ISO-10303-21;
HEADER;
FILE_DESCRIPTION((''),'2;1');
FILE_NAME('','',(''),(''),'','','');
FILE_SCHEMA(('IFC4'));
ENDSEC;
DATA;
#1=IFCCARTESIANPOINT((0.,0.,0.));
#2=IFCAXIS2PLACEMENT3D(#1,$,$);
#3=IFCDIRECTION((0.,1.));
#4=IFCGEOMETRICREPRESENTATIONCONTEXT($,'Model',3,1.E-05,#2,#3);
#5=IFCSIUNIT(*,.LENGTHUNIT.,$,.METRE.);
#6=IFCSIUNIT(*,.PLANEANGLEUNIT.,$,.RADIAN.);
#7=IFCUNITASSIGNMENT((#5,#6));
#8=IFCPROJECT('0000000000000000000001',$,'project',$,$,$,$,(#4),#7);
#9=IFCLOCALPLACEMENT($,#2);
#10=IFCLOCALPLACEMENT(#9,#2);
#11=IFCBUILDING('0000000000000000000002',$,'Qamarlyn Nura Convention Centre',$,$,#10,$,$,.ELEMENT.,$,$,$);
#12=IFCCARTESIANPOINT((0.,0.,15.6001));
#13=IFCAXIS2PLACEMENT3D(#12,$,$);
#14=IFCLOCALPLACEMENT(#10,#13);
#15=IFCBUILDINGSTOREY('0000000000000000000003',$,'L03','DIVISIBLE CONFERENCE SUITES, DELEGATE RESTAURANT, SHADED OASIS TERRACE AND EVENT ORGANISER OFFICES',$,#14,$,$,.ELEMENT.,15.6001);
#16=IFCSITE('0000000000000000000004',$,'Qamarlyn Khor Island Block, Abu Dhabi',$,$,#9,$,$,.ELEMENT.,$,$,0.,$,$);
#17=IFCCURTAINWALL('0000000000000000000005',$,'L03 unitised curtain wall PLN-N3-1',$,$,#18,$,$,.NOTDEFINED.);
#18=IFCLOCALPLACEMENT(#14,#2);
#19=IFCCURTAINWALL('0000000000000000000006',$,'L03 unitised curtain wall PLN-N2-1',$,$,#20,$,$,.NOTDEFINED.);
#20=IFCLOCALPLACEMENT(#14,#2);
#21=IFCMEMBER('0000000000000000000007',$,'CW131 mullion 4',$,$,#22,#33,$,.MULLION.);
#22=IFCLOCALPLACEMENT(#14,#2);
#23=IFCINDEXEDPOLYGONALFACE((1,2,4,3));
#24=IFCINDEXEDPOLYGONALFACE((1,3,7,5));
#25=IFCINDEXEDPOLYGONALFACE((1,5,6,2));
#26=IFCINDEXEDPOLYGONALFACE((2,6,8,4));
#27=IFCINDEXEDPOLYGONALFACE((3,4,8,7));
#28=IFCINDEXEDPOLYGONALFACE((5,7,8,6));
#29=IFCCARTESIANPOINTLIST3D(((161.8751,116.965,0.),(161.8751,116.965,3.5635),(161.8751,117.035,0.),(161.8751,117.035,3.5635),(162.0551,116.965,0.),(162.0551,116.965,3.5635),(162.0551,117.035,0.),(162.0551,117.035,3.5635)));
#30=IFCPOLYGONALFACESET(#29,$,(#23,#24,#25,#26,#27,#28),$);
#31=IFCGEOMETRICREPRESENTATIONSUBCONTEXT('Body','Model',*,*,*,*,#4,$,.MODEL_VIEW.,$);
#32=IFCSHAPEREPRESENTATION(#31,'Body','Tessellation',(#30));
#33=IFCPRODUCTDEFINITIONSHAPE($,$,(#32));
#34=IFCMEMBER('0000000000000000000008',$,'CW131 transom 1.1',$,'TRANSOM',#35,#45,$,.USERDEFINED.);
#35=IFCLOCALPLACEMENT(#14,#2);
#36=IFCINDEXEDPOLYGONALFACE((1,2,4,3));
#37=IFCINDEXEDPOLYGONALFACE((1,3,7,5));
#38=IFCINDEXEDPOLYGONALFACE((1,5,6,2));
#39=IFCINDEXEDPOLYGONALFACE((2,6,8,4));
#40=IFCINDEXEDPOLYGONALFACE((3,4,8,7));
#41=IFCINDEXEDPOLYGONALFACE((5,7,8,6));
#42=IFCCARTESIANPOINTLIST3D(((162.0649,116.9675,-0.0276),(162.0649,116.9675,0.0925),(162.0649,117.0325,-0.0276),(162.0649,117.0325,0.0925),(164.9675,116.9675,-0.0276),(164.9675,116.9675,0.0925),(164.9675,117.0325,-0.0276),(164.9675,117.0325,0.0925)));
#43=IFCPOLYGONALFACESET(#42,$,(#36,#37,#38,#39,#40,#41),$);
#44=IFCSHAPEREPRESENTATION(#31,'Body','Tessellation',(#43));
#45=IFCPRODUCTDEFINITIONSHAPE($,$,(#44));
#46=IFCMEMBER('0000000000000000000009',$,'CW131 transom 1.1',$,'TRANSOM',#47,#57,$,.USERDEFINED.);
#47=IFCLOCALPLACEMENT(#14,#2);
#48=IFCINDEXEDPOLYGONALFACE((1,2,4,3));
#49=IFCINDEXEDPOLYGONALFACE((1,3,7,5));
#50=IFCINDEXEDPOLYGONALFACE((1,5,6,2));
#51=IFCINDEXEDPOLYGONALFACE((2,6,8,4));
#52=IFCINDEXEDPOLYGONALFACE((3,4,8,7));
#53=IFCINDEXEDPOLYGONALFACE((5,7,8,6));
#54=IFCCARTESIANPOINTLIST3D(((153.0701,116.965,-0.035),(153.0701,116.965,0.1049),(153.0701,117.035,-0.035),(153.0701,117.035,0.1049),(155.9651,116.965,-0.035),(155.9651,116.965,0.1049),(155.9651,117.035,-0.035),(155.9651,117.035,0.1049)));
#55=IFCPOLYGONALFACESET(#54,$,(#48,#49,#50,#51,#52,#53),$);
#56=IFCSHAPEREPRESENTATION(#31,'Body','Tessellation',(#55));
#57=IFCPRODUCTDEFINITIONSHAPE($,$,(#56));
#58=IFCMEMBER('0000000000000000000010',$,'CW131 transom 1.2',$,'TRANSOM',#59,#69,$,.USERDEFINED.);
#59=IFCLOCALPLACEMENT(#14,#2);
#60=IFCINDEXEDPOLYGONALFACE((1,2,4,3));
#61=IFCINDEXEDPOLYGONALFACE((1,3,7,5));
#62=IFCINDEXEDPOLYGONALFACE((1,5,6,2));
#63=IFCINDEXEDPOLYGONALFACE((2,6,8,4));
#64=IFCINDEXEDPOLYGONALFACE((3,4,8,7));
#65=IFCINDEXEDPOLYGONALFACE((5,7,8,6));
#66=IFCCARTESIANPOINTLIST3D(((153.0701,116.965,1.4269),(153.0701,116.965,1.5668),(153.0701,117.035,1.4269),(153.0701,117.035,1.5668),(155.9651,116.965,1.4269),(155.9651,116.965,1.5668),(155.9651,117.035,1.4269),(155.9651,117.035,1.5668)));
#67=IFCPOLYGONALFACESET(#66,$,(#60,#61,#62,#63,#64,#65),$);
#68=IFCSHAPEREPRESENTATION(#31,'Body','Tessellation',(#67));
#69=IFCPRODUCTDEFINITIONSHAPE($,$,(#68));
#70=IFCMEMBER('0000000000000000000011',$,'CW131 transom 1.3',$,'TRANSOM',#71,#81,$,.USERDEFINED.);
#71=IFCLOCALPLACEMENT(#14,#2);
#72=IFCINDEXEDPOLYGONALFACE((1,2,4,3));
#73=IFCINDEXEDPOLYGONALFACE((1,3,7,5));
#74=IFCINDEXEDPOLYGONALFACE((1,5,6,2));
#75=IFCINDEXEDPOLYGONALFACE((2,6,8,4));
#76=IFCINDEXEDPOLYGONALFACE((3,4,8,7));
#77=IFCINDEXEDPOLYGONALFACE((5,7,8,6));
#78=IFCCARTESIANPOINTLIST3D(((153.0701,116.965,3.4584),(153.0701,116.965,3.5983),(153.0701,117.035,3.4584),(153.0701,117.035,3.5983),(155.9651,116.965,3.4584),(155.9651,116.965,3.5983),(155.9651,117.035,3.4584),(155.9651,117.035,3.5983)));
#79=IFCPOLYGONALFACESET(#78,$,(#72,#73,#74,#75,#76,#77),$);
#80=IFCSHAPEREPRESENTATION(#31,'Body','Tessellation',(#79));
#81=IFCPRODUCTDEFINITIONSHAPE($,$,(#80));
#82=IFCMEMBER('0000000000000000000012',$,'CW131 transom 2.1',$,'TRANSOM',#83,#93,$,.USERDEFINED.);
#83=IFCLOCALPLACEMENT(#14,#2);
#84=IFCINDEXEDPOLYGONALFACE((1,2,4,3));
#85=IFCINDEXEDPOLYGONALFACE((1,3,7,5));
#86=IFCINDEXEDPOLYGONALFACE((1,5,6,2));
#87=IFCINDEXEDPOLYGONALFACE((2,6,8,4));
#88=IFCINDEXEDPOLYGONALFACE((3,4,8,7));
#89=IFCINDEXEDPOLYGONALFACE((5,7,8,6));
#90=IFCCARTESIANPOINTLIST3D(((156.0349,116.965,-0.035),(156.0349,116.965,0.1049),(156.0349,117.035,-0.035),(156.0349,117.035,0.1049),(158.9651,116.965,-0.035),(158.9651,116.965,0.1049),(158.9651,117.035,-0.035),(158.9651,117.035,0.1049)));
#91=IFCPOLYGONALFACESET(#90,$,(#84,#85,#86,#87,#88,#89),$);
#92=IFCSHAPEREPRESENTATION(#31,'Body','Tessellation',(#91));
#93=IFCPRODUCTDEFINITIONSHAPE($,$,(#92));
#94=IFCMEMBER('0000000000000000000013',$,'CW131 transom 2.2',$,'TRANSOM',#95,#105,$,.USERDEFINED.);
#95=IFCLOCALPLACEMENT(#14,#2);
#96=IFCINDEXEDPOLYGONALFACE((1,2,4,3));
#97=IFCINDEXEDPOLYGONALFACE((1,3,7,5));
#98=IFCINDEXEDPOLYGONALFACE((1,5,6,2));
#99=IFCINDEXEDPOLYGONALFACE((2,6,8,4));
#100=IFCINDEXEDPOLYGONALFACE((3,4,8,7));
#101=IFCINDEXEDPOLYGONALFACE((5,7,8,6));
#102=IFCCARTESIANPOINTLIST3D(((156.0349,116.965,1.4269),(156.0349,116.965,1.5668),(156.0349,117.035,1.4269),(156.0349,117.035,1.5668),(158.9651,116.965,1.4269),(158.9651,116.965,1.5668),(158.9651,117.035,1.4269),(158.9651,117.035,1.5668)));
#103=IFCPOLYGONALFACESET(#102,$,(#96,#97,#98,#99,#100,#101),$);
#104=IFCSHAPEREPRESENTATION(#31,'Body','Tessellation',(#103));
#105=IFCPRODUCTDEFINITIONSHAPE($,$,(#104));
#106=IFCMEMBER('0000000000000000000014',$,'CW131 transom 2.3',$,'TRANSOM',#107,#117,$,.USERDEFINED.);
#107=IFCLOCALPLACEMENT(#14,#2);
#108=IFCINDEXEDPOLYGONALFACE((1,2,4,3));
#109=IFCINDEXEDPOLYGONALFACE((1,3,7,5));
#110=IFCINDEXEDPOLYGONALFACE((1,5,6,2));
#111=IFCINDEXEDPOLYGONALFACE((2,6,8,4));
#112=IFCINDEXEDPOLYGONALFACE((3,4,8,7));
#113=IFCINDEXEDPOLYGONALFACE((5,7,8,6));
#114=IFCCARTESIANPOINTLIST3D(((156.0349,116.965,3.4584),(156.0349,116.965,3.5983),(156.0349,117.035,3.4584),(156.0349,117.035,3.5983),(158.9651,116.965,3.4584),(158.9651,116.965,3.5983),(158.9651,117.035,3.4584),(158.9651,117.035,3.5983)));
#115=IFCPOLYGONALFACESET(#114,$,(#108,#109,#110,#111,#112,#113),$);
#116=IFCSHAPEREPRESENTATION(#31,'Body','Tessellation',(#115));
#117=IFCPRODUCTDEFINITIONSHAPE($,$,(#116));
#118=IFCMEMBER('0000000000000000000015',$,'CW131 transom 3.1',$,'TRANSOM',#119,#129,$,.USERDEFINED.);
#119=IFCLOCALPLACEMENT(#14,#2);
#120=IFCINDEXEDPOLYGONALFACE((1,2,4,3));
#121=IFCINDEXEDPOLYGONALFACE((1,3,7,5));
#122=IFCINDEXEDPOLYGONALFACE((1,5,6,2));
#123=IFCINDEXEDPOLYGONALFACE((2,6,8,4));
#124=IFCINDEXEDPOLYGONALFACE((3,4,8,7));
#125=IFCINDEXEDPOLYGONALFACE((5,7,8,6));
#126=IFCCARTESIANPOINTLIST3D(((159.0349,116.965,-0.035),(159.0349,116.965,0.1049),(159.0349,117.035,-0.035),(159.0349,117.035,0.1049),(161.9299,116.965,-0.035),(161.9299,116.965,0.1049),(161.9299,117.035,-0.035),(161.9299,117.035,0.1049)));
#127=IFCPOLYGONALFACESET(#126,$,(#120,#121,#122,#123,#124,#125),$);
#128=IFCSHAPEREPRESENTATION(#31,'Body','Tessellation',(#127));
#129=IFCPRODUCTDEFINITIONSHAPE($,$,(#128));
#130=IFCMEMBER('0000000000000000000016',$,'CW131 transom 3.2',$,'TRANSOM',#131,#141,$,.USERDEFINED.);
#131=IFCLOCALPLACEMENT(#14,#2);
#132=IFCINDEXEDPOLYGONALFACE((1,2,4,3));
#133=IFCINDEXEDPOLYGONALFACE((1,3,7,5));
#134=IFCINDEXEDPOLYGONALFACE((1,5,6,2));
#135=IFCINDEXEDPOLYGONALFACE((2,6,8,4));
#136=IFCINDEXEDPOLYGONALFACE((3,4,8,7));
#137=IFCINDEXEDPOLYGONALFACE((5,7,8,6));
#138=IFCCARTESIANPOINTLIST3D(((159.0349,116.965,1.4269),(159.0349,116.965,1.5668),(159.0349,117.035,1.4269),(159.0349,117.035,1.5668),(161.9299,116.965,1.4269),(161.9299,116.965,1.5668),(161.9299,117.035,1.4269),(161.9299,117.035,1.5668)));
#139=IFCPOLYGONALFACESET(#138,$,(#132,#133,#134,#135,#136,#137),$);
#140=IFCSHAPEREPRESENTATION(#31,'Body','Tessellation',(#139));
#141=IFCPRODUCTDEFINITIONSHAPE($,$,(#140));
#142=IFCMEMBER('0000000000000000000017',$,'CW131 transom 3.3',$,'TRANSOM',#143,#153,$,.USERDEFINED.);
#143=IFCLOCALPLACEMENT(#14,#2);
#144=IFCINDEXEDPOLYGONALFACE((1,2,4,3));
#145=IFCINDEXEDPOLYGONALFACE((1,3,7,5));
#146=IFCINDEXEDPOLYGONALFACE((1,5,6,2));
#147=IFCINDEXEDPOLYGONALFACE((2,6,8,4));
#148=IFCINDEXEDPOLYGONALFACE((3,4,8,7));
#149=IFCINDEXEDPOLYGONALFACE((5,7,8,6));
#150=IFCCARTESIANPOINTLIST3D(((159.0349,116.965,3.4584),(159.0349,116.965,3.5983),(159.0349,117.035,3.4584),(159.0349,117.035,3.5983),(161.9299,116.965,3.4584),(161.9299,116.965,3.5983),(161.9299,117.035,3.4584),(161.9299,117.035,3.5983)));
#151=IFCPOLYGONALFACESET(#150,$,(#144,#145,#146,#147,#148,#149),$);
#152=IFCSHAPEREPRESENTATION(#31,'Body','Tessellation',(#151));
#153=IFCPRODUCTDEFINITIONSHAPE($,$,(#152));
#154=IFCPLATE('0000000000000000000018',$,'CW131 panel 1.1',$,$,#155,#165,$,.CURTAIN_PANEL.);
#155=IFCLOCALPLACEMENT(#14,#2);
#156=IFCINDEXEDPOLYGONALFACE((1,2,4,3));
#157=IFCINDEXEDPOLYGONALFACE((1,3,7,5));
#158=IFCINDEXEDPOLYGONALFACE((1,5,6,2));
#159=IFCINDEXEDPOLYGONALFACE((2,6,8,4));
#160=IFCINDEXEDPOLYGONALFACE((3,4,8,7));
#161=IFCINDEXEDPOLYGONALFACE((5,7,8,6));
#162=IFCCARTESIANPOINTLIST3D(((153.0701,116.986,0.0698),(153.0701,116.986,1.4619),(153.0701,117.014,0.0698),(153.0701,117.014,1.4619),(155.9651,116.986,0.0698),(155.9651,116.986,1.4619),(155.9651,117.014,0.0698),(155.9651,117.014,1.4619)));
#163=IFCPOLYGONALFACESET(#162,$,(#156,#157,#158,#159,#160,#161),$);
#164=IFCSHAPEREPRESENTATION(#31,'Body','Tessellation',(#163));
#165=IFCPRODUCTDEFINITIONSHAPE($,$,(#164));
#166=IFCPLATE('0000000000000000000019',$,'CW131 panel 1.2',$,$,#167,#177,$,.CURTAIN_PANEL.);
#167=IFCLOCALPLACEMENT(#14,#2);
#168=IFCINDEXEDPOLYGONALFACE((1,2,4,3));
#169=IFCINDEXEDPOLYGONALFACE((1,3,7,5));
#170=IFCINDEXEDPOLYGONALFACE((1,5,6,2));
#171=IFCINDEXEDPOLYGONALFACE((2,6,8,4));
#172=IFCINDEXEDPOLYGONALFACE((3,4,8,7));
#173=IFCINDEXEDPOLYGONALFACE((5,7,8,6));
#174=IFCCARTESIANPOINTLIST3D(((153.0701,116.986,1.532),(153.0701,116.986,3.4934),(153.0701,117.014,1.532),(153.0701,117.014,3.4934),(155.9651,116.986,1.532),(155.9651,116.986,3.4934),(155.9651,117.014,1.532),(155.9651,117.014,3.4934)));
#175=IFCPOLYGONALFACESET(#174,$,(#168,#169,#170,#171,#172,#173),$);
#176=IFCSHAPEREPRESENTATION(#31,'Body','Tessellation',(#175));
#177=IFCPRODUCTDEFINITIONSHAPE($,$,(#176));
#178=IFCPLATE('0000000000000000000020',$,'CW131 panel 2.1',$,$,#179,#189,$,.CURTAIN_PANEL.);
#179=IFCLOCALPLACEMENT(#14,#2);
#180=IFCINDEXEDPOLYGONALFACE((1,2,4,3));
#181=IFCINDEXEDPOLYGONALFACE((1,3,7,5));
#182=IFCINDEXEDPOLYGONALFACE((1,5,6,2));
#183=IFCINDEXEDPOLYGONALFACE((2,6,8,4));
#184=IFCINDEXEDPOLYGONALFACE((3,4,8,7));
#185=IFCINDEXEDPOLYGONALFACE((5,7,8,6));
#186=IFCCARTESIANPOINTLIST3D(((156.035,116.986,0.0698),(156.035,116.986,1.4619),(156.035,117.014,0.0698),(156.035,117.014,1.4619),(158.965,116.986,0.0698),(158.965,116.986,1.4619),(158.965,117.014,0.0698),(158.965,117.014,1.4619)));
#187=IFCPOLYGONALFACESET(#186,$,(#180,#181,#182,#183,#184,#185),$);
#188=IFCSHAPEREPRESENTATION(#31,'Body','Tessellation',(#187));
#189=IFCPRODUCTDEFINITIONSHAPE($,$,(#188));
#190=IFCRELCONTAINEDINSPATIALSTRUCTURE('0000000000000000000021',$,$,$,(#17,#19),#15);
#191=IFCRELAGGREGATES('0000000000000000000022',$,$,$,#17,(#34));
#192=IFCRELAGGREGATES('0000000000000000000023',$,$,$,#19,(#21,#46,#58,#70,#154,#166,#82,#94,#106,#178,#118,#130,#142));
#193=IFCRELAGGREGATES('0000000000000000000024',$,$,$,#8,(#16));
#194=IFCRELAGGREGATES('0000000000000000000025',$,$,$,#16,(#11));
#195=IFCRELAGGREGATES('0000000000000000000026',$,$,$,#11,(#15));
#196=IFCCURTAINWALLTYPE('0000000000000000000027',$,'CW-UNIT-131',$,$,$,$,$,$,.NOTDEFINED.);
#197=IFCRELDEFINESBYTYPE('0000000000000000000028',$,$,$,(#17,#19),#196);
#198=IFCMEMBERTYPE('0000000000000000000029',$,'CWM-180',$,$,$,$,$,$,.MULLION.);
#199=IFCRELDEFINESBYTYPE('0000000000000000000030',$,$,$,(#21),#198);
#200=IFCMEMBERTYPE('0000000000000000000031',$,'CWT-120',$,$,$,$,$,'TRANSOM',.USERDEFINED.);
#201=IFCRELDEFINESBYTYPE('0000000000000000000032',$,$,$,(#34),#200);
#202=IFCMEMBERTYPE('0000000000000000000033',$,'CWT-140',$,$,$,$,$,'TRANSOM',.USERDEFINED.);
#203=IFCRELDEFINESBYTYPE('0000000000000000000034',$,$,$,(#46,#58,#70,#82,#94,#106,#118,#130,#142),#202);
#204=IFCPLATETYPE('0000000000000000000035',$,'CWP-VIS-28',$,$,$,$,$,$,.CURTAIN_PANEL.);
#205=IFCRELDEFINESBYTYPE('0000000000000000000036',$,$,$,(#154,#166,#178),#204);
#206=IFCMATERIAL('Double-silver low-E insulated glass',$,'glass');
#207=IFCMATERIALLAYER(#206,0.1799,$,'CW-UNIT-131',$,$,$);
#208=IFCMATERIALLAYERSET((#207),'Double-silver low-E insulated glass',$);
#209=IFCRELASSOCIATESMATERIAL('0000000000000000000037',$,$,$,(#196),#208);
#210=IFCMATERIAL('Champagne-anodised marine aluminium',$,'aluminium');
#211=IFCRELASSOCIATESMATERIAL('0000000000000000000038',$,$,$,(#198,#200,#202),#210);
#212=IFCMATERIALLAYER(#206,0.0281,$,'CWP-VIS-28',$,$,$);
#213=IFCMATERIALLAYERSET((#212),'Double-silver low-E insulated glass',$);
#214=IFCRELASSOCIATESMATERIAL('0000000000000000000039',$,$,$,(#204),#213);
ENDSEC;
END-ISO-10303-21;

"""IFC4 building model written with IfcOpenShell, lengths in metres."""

from ifc_helpers import new_model, si_unit, direction, frame, origin, origin_2d, place, context, subcontext, project, spatial, rectangle, extrude, material, layer, layer_set, material_profile, profile_set, type_object, element, aggregate, save


model = new_model("IFC4")

# Units and contexts
model_context = context("Model", 3, precision=1e-05, world=origin(), true_north=direction((0.0, 1.0)))
body_context = subcontext(model_context, "Body", "Model", "MODEL_VIEW")
ifc_project = project(units=[si_unit("LENGTHUNIT", "METRE"), si_unit("PLANEANGLEUNIT", "RADIAN")], contexts=[model_context])

# Site, building, storey
site_placement = place(None, origin())
site = spatial("IfcSite", under=ifc_project, at=site_placement, Name="Qamarlyn Khor Island Block, Abu Dhabi", CompositionType="ELEMENT", RefElevation=0.0)
building_placement = place(site_placement, origin())
building = spatial("IfcBuilding", under=site, at=building_placement, Name="Qamarlyn Nura Convention Centre", CompositionType="ELEMENT")
storey_placement = place(building_placement, frame((0.0, 0.0, 15.6001)))
storey = spatial("IfcBuildingStorey", under=building, at=storey_placement, Name="L03", Description="DIVISIBLE CONFERENCE SUITES, DELEGATE RESTAURANT, SHADED OASIS TERRACE AND EVENT ORGANISER OFFICES", CompositionType="ELEMENT", Elevation=15.6001)

# Curtain wall
ifc_material_1 = material(Name="Double-silver low-E insulated glass", Category="glass")
ifc_layer_1 = layer(ifc_material_1, 0.1799, Name="CW-UNIT-131")
ifc_layer_set_1 = layer_set([ifc_layer_1], Name="Double-silver low-E insulated glass")
curtain_wall_type = type_object("IfcCurtainWallType", Name="CW-UNIT-131", PredefinedType="NOTDEFINED", material=ifc_layer_set_1)
curtain_wall_1_placement = place(storey_placement, origin())
curtain_wall_1 = element("IfcCurtainWall", 1, at=curtain_wall_1_placement, inside=storey, type_object=curtain_wall_type, Name="L03 unitised curtain wall PLN-N3-1", PredefinedType="NOTDEFINED")
ifc_material_2 = material(Name="Champagne-anodised marine aluminium", Category="aluminium")

# Curtain wall, member
curtain_wall_2_placement = place(storey_placement, origin())
curtain_wall_2 = element("IfcCurtainWall", 2, at=curtain_wall_2_placement, inside=storey, type_object=curtain_wall_type, Name="L03 unitised curtain wall PLN-N2-1", PredefinedType="NOTDEFINED")
ifc_material_profile_1 = material_profile(ifc_material_2, rectangle(XDim=0.0701, YDim=0.1799, at=origin_2d()), Name="ALU MULLION 70x180")
ifc_profile_set_1 = profile_set([ifc_material_profile_1], Name="Champagne-anodised marine aluminium")
member_type_1 = type_object("IfcMemberType", Name="CWM-180", PredefinedType="MULLION", material=ifc_profile_set_1)
member_1_placement = place(storey_placement, frame((161.9651, 117.0, 0.0), z_axis=(0.0, 0.0, 1.0), x_axis=(0.0, 1.0, 0.0)))
member_1 = element("IfcMember", 3, at=member_1_placement, type_object=member_type_1, Name="CW131 mullion 4", PredefinedType="MULLION", context=body_context, shape_type="SweptSolid", body=[
    extrude(rectangle(XDim=0.0701, YDim=0.1799, at=origin_2d()), origin(), (0.0, 0.0, 1.0), 3.5635),
])

# Members
ifc_material_profile_2 = material_profile(ifc_material_2, rectangle(XDim=0.0649, YDim=0.1201, at=origin_2d()), Name="ALU TRANSOM 65x120")
ifc_profile_set_2 = profile_set([ifc_material_profile_2], Name="Champagne-anodised marine aluminium")
member_type_2 = type_object("IfcMemberType", Name="CWT-120", ElementType="TRANSOM", PredefinedType="USERDEFINED", material=ifc_profile_set_2)
member_2_placement = place(storey_placement, frame((162.0649, 117.0, 0.0325), z_axis=(1.0, 0.0, 0.0), x_axis=(0.0, 1.0, 0.0)))
member_2 = element("IfcMember", 4, at=member_2_placement, type_object=member_type_2, Name="CW131 transom 1.1", ObjectType="TRANSOM", PredefinedType="USERDEFINED", context=body_context, shape_type="SweptSolid", body=[
    extrude(rectangle(XDim=0.0649, YDim=0.1201, at=origin_2d()), origin(), (0.0, 0.0, 1.0), 2.9026),
])
aggregate(curtain_wall_1, [member_2])
ifc_material_profile_3 = material_profile(ifc_material_2, rectangle(XDim=0.0701, YDim=0.1399, at=origin_2d()), Name="ALU TRANSOM 70x140")
ifc_profile_set_3 = profile_set([ifc_material_profile_3], Name="Champagne-anodised marine aluminium")
member_type_3 = type_object("IfcMemberType", Name="CWT-140", ElementType="TRANSOM", PredefinedType="USERDEFINED", material=ifc_profile_set_3)
member_3_placement = place(storey_placement, frame((153.0701, 117.0, 0.0349), z_axis=(1.0, 0.0, 0.0), x_axis=(0.0, 1.0, 0.0)))
member_3 = element("IfcMember", 5, at=member_3_placement, type_object=member_type_3, Name="CW131 transom 1.1", ObjectType="TRANSOM", PredefinedType="USERDEFINED", context=body_context, shape_type="SweptSolid", body=[
    extrude(rectangle(XDim=0.0701, YDim=0.1399, at=origin_2d()), origin(), (0.0, 0.0, 1.0), 2.895),
])
member_4_placement = place(storey_placement, frame((153.0701, 117.0, 1.4968), z_axis=(1.0, 0.0, 0.0), x_axis=(0.0, 1.0, 0.0)))
member_4 = element("IfcMember", 6, at=member_4_placement, type_object=member_type_3, Name="CW131 transom 1.2", ObjectType="TRANSOM", PredefinedType="USERDEFINED", context=body_context, shape_type="SweptSolid", body=[
    extrude(rectangle(XDim=0.0701, YDim=0.1399, at=origin_2d()), origin(), (0.0, 0.0, 1.0), 2.895),
])
member_5_placement = place(storey_placement, frame((153.0701, 117.0, 3.5283), z_axis=(1.0, 0.0, 0.0), x_axis=(0.0, 1.0, 0.0)))
member_5 = element("IfcMember", 7, at=member_5_placement, type_object=member_type_3, Name="CW131 transom 1.3", ObjectType="TRANSOM", PredefinedType="USERDEFINED", context=body_context, shape_type="SweptSolid", body=[
    extrude(rectangle(XDim=0.0701, YDim=0.1399, at=origin_2d()), origin(), (0.0, 0.0, 1.0), 2.895),
])
member_6_placement = place(storey_placement, frame((156.0349, 117.0, 0.0349), z_axis=(1.0, 0.0, 0.0), x_axis=(0.0, 1.0, 0.0)))
member_6 = element("IfcMember", 8, at=member_6_placement, type_object=member_type_3, Name="CW131 transom 2.1", ObjectType="TRANSOM", PredefinedType="USERDEFINED", context=body_context, shape_type="SweptSolid", body=[
    extrude(rectangle(XDim=0.0701, YDim=0.1399, at=origin_2d()), origin(), (0.0, 0.0, 1.0), 2.9302),
])
member_7_placement = place(storey_placement, frame((156.0349, 117.0, 1.4968), z_axis=(1.0, 0.0, 0.0), x_axis=(0.0, 1.0, 0.0)))
member_7 = element("IfcMember", 9, at=member_7_placement, type_object=member_type_3, Name="CW131 transom 2.2", ObjectType="TRANSOM", PredefinedType="USERDEFINED", context=body_context, shape_type="SweptSolid", body=[
    extrude(rectangle(XDim=0.0701, YDim=0.1399, at=origin_2d()), origin(), (0.0, 0.0, 1.0), 2.9302),
])
member_8_placement = place(storey_placement, frame((156.0349, 117.0, 3.5283), z_axis=(1.0, 0.0, 0.0), x_axis=(0.0, 1.0, 0.0)))
member_8 = element("IfcMember", 10, at=member_8_placement, type_object=member_type_3, Name="CW131 transom 2.3", ObjectType="TRANSOM", PredefinedType="USERDEFINED", context=body_context, shape_type="SweptSolid", body=[
    extrude(rectangle(XDim=0.0701, YDim=0.1399, at=origin_2d()), origin(), (0.0, 0.0, 1.0), 2.9302),
])
member_9_placement = place(storey_placement, frame((159.0349, 117.0, 0.0349), z_axis=(1.0, 0.0, 0.0), x_axis=(0.0, 1.0, 0.0)))
member_9 = element("IfcMember", 11, at=member_9_placement, type_object=member_type_3, Name="CW131 transom 3.1", ObjectType="TRANSOM", PredefinedType="USERDEFINED", context=body_context, shape_type="SweptSolid", body=[
    extrude(rectangle(XDim=0.0701, YDim=0.1399, at=origin_2d()), origin(), (0.0, 0.0, 1.0), 2.895),
])
member_10_placement = place(storey_placement, frame((159.0349, 117.0, 1.4968), z_axis=(1.0, 0.0, 0.0), x_axis=(0.0, 1.0, 0.0)))
member_10 = element("IfcMember", 12, at=member_10_placement, type_object=member_type_3, Name="CW131 transom 3.2", ObjectType="TRANSOM", PredefinedType="USERDEFINED", context=body_context, shape_type="SweptSolid", body=[
    extrude(rectangle(XDim=0.0701, YDim=0.1399, at=origin_2d()), origin(), (0.0, 0.0, 1.0), 2.895),
])
member_11_placement = place(storey_placement, frame((159.0349, 117.0, 3.5283), z_axis=(1.0, 0.0, 0.0), x_axis=(0.0, 1.0, 0.0)))
member_11 = element("IfcMember", 13, at=member_11_placement, type_object=member_type_3, Name="CW131 transom 3.3", ObjectType="TRANSOM", PredefinedType="USERDEFINED", context=body_context, shape_type="SweptSolid", body=[
    extrude(rectangle(XDim=0.0701, YDim=0.1399, at=origin_2d()), origin(), (0.0, 0.0, 1.0), 2.895),
])

# Plates
ifc_layer_2 = layer(ifc_material_1, 0.0281, Name="CWP-VIS-28")
ifc_layer_set_2 = layer_set([ifc_layer_2], Name="Double-silver low-E insulated glass")
plate_type_1 = type_object("IfcPlateType", Name="CWP-VIS-28", PredefinedType="CURTAIN_PANEL", material=ifc_layer_set_2)
plate_1_placement = place(storey_placement, frame((154.5176, 117.0, 0.0698), z_axis=(0.0, 0.0, 1.0), x_axis=(1.0, 0.0, 0.0)))
plate_1 = element("IfcPlate", 14, at=plate_1_placement, type_object=plate_type_1, Name="CW131 panel 1.1", PredefinedType="CURTAIN_PANEL", context=body_context, shape_type="SweptSolid", body=[
    extrude(rectangle(XDim=2.895, YDim=0.0281, at=origin_2d()), origin(), (0.0, 0.0, 1.0), 1.3921),
])
plate_2_placement = place(storey_placement, frame((154.5176, 117.0, 1.532), z_axis=(0.0, 0.0, 1.0), x_axis=(1.0, 0.0, 0.0)))
plate_2 = element("IfcPlate", 15, at=plate_2_placement, type_object=plate_type_1, Name="CW131 panel 1.2", PredefinedType="CURTAIN_PANEL", context=body_context, shape_type="SweptSolid", body=[
    extrude(rectangle(XDim=2.895, YDim=0.0281, at=origin_2d()), origin(), (0.0, 0.0, 1.0), 1.9614),
])
plate_3_placement = place(storey_placement, frame((157.5, 117.0, 0.0698), z_axis=(0.0, 0.0, 1.0), x_axis=(1.0, 0.0, 0.0)))
plate_3 = element("IfcPlate", 16, at=plate_3_placement, type_object=plate_type_1, Name="CW131 panel 2.1", PredefinedType="CURTAIN_PANEL", context=body_context, shape_type="SweptSolid", body=[
    extrude(rectangle(XDim=2.9299, YDim=0.0281, at=origin_2d()), origin(), (0.0, 0.0, 1.0), 1.3921),
])
aggregate(curtain_wall_2, [member_1, member_3, member_4, member_5, plate_1, plate_2, member_6, member_7, member_8, plate_3, member_9, member_10, member_11])

save(model, "model.ifc")
